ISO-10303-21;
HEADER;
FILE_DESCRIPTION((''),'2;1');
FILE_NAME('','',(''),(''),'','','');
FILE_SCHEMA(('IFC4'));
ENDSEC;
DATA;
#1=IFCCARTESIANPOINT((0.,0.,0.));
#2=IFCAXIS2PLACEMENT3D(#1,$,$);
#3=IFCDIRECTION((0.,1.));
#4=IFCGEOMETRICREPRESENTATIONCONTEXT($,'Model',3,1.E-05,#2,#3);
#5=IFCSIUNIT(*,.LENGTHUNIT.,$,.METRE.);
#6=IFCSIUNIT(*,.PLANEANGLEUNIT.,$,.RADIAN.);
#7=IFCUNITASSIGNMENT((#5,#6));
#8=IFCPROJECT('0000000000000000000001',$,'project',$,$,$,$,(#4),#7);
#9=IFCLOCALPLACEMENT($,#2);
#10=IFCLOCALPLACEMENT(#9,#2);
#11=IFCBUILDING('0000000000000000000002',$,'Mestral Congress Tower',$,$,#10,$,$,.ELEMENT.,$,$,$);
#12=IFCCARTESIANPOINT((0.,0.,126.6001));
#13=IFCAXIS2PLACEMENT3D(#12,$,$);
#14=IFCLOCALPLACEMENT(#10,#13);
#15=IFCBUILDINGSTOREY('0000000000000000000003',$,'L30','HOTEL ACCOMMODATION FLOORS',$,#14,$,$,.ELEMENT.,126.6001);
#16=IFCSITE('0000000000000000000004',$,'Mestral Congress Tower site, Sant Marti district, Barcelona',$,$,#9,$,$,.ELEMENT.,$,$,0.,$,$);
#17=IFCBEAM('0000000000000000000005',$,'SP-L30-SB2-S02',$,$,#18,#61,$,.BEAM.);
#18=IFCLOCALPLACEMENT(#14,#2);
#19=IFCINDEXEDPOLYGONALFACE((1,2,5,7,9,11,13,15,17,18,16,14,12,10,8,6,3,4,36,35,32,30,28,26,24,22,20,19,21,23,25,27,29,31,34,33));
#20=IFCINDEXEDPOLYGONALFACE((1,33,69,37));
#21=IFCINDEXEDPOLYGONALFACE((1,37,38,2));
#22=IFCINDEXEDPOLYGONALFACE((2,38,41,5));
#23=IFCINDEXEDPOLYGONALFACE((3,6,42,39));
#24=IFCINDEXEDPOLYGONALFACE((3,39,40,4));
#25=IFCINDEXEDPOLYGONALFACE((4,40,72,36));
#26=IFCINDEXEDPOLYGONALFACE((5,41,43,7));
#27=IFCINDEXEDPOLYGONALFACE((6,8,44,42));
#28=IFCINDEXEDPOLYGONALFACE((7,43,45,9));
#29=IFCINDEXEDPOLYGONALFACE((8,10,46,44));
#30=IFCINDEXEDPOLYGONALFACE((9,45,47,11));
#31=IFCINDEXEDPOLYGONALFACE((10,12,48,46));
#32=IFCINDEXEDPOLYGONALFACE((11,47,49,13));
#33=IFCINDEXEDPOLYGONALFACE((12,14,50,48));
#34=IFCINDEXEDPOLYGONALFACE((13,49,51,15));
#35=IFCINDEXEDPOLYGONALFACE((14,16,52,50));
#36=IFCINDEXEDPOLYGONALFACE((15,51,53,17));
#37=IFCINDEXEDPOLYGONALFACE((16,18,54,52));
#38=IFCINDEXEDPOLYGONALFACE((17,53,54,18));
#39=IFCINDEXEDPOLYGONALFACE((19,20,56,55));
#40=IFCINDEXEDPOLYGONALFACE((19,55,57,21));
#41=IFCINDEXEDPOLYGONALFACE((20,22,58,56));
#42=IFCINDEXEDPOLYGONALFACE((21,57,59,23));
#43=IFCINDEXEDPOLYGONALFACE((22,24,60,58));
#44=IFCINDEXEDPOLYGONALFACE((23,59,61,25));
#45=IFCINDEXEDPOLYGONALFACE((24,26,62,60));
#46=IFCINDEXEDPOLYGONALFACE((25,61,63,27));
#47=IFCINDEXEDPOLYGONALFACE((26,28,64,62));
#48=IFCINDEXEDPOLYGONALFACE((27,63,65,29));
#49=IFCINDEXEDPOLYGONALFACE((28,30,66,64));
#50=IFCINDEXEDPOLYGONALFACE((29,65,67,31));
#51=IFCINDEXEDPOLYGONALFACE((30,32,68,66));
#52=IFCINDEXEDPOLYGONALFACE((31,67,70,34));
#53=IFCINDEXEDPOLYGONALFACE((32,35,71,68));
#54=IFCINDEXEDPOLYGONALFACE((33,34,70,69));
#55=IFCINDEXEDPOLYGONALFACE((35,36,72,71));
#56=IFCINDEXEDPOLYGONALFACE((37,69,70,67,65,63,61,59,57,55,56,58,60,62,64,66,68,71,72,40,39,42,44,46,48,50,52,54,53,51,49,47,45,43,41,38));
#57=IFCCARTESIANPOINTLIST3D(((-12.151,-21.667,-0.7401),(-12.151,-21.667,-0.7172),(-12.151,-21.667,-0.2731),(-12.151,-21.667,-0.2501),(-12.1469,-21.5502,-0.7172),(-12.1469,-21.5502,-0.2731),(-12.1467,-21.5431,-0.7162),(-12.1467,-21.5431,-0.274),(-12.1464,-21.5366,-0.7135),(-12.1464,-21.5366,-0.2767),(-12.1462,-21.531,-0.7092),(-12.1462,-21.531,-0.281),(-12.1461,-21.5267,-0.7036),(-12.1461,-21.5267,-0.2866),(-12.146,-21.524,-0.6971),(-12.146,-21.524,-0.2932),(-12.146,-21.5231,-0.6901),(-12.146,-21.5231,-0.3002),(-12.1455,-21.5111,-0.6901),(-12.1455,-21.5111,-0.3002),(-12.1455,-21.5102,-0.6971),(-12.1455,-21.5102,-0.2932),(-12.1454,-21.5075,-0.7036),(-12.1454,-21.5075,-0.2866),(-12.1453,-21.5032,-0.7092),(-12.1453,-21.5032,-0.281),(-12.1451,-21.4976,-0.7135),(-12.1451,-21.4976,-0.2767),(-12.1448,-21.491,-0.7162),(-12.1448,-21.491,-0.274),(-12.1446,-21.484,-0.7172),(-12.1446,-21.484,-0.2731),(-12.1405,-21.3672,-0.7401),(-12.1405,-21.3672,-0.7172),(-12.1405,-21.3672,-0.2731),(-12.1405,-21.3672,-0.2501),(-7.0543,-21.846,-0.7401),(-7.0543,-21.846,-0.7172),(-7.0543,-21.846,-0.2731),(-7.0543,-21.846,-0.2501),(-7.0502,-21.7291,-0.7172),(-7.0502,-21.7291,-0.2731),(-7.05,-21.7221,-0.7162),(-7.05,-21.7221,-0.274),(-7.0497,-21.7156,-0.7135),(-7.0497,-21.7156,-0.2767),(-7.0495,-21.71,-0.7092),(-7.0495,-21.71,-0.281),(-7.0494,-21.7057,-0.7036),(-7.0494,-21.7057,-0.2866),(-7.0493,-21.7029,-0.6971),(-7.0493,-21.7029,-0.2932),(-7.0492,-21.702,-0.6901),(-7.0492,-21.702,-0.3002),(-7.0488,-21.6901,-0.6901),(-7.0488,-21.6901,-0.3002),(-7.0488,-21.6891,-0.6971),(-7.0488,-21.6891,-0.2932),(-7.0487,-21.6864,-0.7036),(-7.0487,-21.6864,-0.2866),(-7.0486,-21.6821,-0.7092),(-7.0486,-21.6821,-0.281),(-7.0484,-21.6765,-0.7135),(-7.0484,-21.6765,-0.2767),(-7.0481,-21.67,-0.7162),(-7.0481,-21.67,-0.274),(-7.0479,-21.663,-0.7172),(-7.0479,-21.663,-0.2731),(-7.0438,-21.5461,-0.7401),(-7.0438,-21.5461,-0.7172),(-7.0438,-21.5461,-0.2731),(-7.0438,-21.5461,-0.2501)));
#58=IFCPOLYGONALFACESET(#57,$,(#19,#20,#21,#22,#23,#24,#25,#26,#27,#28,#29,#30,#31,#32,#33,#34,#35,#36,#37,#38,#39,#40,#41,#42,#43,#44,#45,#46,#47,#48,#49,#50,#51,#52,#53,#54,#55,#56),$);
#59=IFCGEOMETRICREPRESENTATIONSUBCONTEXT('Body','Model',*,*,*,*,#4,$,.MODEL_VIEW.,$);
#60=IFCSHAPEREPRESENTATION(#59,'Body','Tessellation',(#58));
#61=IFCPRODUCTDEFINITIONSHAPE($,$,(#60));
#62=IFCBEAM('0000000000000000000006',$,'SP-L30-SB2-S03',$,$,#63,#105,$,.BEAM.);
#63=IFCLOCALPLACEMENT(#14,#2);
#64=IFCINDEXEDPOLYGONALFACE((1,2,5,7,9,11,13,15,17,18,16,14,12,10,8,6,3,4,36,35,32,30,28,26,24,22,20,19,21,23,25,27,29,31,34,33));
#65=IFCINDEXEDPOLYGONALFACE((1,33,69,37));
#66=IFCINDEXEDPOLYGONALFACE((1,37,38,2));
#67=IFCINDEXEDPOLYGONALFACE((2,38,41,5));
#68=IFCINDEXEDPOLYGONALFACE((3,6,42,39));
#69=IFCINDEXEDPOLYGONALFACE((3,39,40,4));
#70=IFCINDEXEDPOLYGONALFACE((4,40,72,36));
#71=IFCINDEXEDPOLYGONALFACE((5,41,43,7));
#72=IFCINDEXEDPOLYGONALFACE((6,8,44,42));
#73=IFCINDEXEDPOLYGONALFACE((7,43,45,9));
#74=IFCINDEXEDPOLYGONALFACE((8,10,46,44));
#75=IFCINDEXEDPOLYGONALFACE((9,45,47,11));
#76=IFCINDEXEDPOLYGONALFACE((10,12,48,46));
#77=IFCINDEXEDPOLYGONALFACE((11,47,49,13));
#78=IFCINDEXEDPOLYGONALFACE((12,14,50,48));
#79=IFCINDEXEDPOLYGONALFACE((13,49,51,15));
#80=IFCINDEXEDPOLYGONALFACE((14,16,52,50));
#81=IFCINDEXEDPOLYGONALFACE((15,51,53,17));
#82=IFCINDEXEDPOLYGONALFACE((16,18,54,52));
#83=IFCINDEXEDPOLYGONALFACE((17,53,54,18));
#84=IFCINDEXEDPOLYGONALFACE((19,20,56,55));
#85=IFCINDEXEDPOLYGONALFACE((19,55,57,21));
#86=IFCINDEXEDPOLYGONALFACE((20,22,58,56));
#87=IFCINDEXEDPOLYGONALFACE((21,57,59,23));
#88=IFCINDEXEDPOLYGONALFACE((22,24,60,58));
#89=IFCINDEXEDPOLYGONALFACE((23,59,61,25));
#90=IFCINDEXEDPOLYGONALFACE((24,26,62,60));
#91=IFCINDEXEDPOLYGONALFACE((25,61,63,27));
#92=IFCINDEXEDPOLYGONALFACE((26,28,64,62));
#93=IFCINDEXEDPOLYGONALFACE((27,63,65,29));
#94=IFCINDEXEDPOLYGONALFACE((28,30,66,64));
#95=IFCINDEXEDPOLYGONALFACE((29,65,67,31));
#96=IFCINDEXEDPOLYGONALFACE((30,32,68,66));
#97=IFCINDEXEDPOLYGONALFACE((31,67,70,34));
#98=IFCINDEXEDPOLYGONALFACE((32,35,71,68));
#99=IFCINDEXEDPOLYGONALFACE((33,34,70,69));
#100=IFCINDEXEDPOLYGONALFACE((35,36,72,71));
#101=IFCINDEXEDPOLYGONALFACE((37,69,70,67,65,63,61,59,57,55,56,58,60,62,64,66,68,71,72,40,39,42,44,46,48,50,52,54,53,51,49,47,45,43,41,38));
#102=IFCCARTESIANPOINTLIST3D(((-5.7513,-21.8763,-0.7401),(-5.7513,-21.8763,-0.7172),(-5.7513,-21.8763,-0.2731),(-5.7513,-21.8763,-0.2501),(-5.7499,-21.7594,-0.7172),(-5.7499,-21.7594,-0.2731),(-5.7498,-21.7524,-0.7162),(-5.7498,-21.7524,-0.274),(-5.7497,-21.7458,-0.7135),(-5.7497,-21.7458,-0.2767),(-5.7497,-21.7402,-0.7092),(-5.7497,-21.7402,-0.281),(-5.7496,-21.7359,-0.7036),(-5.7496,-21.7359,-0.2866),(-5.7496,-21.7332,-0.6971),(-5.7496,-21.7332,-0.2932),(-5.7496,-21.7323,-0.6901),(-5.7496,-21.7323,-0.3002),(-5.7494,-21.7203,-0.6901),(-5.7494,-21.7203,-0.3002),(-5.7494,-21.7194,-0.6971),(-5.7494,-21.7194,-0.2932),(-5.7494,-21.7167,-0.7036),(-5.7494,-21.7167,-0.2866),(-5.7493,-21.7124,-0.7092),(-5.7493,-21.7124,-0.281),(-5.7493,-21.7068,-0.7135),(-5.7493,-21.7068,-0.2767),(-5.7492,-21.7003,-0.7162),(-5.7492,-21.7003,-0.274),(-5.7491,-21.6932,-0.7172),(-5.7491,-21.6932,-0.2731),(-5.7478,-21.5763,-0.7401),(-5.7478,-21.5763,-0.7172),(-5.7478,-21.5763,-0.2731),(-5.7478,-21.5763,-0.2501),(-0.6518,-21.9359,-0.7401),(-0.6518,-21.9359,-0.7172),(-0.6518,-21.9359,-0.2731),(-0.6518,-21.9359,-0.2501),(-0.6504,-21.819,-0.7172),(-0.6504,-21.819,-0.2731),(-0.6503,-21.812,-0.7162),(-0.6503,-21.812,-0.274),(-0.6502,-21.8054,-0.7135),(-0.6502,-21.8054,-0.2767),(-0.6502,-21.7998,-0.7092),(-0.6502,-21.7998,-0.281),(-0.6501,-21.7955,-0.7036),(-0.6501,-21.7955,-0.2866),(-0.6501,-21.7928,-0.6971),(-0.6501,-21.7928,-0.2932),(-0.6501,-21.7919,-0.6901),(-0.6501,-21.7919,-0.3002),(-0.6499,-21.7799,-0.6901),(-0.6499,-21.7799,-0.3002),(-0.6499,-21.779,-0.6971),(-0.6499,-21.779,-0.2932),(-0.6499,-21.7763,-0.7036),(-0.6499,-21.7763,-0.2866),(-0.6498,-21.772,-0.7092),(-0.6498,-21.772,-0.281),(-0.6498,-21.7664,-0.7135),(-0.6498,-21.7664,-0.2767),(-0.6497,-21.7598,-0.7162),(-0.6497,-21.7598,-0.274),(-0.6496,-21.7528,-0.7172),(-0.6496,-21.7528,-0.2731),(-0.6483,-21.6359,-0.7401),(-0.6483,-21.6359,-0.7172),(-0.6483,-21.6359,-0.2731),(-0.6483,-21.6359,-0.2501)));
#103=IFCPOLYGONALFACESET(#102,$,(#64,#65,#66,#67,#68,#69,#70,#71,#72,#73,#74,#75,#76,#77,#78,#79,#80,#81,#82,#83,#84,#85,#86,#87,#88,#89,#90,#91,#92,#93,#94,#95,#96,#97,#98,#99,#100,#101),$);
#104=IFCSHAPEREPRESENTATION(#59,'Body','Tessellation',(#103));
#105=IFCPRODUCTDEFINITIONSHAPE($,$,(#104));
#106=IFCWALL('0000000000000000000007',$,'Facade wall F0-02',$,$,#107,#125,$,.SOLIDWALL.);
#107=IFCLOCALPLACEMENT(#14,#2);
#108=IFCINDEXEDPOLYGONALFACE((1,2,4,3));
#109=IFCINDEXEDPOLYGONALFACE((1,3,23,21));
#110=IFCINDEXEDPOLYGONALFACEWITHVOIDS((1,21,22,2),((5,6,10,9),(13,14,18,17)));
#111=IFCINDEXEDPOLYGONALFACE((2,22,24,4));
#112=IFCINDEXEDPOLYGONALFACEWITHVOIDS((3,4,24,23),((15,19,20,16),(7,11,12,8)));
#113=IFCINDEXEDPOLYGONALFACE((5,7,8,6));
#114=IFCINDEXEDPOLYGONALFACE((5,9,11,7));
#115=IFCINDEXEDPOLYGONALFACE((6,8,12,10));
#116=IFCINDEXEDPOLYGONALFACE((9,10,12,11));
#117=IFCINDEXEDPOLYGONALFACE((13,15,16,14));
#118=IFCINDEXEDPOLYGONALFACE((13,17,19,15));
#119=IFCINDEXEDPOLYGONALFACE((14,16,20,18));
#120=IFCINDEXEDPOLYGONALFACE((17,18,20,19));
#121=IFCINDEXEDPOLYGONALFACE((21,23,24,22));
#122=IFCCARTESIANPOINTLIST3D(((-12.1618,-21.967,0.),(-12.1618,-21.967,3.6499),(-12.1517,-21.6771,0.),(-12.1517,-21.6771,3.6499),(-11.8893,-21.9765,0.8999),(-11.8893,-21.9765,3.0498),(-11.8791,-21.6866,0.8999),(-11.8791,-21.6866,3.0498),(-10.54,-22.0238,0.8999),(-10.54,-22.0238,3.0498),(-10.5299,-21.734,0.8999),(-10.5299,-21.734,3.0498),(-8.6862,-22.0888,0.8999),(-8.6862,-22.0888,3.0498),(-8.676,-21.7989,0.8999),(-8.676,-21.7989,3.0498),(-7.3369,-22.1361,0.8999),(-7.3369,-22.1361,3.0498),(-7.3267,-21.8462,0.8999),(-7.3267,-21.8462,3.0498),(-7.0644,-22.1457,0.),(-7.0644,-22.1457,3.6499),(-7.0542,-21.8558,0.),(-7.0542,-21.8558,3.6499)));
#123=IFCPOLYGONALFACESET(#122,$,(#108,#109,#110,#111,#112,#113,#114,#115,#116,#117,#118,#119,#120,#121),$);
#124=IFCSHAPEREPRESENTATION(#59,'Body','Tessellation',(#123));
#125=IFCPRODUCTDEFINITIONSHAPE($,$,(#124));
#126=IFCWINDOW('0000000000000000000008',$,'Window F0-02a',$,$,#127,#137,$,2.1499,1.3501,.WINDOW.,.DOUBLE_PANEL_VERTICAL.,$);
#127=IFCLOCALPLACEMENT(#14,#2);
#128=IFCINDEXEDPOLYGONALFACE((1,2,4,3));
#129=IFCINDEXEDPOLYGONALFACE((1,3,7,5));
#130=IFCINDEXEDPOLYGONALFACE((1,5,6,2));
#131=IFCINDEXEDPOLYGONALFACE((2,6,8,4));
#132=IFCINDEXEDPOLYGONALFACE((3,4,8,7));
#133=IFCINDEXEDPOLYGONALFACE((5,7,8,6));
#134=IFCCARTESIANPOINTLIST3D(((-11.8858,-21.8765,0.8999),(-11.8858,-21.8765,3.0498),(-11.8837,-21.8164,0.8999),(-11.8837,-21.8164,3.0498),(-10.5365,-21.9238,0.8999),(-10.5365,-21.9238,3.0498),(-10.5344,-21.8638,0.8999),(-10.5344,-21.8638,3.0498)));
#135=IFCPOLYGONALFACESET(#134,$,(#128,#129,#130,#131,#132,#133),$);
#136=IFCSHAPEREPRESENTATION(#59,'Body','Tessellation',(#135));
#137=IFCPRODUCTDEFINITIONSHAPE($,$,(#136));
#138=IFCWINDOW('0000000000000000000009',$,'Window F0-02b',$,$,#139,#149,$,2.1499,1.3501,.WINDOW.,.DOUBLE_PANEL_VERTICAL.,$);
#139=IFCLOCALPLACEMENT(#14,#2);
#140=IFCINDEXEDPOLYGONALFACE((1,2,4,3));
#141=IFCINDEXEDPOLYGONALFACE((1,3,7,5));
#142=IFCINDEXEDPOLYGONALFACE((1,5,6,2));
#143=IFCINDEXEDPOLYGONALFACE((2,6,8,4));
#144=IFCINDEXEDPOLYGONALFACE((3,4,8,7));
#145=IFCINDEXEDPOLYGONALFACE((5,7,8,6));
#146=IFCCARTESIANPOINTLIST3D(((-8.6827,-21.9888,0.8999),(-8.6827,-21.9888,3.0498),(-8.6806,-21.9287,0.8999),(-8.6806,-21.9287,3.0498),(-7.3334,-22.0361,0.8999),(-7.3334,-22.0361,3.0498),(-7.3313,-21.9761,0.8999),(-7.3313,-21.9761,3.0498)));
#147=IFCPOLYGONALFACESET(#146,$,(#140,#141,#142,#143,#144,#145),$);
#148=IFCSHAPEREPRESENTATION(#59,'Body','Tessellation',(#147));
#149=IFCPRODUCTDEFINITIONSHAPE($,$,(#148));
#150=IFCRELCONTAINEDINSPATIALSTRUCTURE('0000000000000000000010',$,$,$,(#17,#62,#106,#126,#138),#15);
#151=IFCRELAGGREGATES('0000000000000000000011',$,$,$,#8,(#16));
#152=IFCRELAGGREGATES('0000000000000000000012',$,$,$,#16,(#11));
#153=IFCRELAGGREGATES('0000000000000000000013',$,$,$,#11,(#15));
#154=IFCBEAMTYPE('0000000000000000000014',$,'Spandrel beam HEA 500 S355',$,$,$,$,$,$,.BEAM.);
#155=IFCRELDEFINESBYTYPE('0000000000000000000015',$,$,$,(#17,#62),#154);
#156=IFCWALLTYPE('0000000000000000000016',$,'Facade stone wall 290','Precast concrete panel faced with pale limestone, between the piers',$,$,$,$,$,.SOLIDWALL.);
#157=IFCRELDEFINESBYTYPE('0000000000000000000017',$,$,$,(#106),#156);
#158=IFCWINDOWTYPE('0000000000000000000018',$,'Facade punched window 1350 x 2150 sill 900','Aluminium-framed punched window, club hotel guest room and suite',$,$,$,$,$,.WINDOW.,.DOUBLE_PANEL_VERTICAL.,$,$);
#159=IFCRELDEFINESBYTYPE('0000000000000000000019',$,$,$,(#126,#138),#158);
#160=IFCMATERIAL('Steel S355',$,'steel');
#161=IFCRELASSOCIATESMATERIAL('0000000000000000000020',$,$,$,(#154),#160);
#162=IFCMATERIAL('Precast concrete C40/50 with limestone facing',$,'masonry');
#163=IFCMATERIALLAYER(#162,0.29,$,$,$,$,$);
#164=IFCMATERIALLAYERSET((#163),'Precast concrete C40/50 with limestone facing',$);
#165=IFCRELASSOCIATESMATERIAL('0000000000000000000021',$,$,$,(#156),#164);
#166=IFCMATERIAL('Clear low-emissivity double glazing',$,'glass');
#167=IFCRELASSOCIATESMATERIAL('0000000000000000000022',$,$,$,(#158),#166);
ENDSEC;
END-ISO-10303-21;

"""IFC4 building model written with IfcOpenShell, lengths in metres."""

from ifc_helpers import new_model, si_unit, direction, frame, frame_2d, origin, origin_2d, place, context, subcontext, project, spatial, rectangle, i_section, extrude, material, layer, layer_set, material_profile, profile_set, type_object, element, fill, save


model = new_model("IFC4")

# Units and contexts
model_context = context("Model", 3, precision=1e-05, world=origin(), true_north=direction((0.0, 1.0)))
body_context = subcontext(model_context, "Body", "Model", "MODEL_VIEW")
ifc_project = project(units=[si_unit("LENGTHUNIT", "METRE"), si_unit("PLANEANGLEUNIT", "RADIAN")], contexts=[model_context])

# Site, building, storey
site_placement = place(None, origin())
site = spatial("IfcSite", under=ifc_project, at=site_placement, Name="Mestral Congress Tower site, Sant Marti district, Barcelona", CompositionType="ELEMENT", RefElevation=0.0)
building_placement = place(site_placement, origin())
building = spatial("IfcBuilding", under=site, at=building_placement, Name="Mestral Congress Tower", CompositionType="ELEMENT")
storey_placement = place(building_placement, frame((0.0, 0.0, 126.6001)))
storey = spatial("IfcBuildingStorey", under=building, at=storey_placement, Name="L30", Description="HOTEL ACCOMMODATION FLOORS", CompositionType="ELEMENT", Elevation=126.6001)

# Beams
ifc_material_1 = material(Name="Steel S355", Category="steel")
ifc_material_profile_1 = material_profile(ifc_material_1, i_section(OverallWidth=0.3, OverallDepth=0.49, WebThickness=0.012, FlangeThickness=0.0229, FilletRadius=0.0271, at=origin_2d()), Name="HEA 500")
ifc_profile_set_1 = profile_set([ifc_material_profile_1], Name="Steel S355")
beam_type_1 = type_object("IfcBeamType", Name="Spandrel beam HEA 500 S355", PredefinedType="BEAM", material=ifc_profile_set_1)
for number, where, z_axis, x_axis, name in (
    (1, (-12.1458, -21.5171, -0.4951), (0.999384, -0.03509, 0.0), (0.03509, 0.999384, 0.0), "SP-L30-SB2-S02"),
    (2, (-5.7495, -21.7263, -0.4951), (0.999932, -0.011681, 0.0), (0.011681, 0.999932, 0.0), "SP-L30-SB2-S03"),
):
    element("IfcBeam", number, at=place(storey_placement, frame(where, z_axis=z_axis, x_axis=x_axis)), inside=storey, type_object=beam_type_1, Name=name, PredefinedType="BEAM", context=body_context, shape_type="SweptSolid", body=[
        extrude(i_section(OverallWidth=0.3, OverallDepth=0.49, WebThickness=0.012, FlangeThickness=0.0229, FilletRadius=0.0271, at=origin_2d()), origin(), (0.0, 0.0, 1.0), 5.0999),
    ])

# Wall, openings, windows
ifc_material_2 = material(Name="Precast concrete C40/50 with limestone facing", Category="masonry")
ifc_layer_1 = layer(ifc_material_2, 0.29)
ifc_layer_set_1 = layer_set([ifc_layer_1], Name="Precast concrete C40/50 with limestone facing")
wall_type_1 = type_object("IfcWallType", Name="Facade stone wall 290", Description="Precast concrete panel faced with pale limestone, between the piers", PredefinedType="SOLIDWALL", material=ifc_layer_set_1)
wall_1_placement = place(storey_placement, frame((-12.1567, -21.822, 0.0), z_axis=(0.0, 0.0, 1.0), x_axis=(0.999386, -0.035038, 0.0)))
wall_1 = element("IfcWall", 3, at=wall_1_placement, inside=storey, type_object=wall_type_1, Name="Facade wall F0-02", PredefinedType="SOLIDWALL", context=body_context, shape_type="SweptSolid", body=[
    extrude(rectangle(XDim=5.1006, YDim=0.29, at=frame_2d((2.5503, 0.0))), origin(), (0.0, 0.0, 1.0), 3.6499),
])
opening_1_placement = place(wall_1_placement, frame((0.2727, 0.0, 0.8999)))
opening_1 = element("IfcOpeningElement", 4, at=opening_1_placement, cuts=wall_1, PredefinedType="OPENING", context=body_context, shape_type="SweptSolid", body=[
    extrude(rectangle(XDim=1.3501, YDim=2.1499, at=frame_2d((0.675, 1.075))), frame((0.0, 0.155, 0.0), z_axis=(0.0, -1.0, 0.0), x_axis=(1.0, 0.0, 0.0)), (0.0, 0.0, 1.0), 0.3101),
])
opening_2_placement = place(wall_1_placement, frame((3.4778, 0.0, 0.8999)))
opening_2 = element("IfcOpeningElement", 5, at=opening_2_placement, cuts=wall_1, PredefinedType="OPENING", context=body_context, shape_type="SweptSolid", body=[
    extrude(rectangle(XDim=1.3501, YDim=2.1499, at=frame_2d((0.675, 1.075))), frame((0.0, 0.155, 0.0), z_axis=(0.0, -1.0, 0.0), x_axis=(1.0, 0.0, 0.0)), (0.0, 0.0, 1.0), 0.3101),
])
ifc_material_3 = material(Name="Clear low-emissivity double glazing", Category="glass")
window_type = type_object("IfcWindowType", Name="Facade punched window 1350 x 2150 sill 900", Description="Aluminium-framed punched window, club hotel guest room and suite", PartitioningType="DOUBLE_PANEL_VERTICAL", PredefinedType="WINDOW", material=ifc_material_3)
window_1_placement = place(opening_1_placement, origin())
window_1 = element("IfcWindow", 6, at=window_1_placement, inside=storey, type_object=window_type, Name="Window F0-02a", OverallHeight=2.1499, OverallWidth=1.3501, PartitioningType="DOUBLE_PANEL_VERTICAL", PredefinedType="WINDOW", context=body_context, shape_type="SweptSolid", body=[
    extrude(rectangle(XDim=1.3501, YDim=2.1499, at=frame_2d((0.675, 1.075))), frame((0.0, 0.0151, 0.0), z_axis=(0.0, -1.0, 0.0), x_axis=(1.0, 0.0, 0.0)), (0.0, 0.0, 1.0), 0.0601),
])
fill(opening_1, window_1)
window_2_placement = place(opening_2_placement, origin())
window_2 = element("IfcWindow", 7, at=window_2_placement, inside=storey, type_object=window_type, Name="Window F0-02b", OverallHeight=2.1499, OverallWidth=1.3501, PartitioningType="DOUBLE_PANEL_VERTICAL", PredefinedType="WINDOW", context=body_context, shape_type="SweptSolid", body=[
    extrude(rectangle(XDim=1.3501, YDim=2.1499, at=frame_2d((0.675, 1.075))), frame((0.0, 0.0151, 0.0), z_axis=(0.0, -1.0, 0.0), x_axis=(1.0, 0.0, 0.0)), (0.0, 0.0, 1.0), 0.0601),
])
fill(opening_2, window_2)

save(model, "model.ifc")
